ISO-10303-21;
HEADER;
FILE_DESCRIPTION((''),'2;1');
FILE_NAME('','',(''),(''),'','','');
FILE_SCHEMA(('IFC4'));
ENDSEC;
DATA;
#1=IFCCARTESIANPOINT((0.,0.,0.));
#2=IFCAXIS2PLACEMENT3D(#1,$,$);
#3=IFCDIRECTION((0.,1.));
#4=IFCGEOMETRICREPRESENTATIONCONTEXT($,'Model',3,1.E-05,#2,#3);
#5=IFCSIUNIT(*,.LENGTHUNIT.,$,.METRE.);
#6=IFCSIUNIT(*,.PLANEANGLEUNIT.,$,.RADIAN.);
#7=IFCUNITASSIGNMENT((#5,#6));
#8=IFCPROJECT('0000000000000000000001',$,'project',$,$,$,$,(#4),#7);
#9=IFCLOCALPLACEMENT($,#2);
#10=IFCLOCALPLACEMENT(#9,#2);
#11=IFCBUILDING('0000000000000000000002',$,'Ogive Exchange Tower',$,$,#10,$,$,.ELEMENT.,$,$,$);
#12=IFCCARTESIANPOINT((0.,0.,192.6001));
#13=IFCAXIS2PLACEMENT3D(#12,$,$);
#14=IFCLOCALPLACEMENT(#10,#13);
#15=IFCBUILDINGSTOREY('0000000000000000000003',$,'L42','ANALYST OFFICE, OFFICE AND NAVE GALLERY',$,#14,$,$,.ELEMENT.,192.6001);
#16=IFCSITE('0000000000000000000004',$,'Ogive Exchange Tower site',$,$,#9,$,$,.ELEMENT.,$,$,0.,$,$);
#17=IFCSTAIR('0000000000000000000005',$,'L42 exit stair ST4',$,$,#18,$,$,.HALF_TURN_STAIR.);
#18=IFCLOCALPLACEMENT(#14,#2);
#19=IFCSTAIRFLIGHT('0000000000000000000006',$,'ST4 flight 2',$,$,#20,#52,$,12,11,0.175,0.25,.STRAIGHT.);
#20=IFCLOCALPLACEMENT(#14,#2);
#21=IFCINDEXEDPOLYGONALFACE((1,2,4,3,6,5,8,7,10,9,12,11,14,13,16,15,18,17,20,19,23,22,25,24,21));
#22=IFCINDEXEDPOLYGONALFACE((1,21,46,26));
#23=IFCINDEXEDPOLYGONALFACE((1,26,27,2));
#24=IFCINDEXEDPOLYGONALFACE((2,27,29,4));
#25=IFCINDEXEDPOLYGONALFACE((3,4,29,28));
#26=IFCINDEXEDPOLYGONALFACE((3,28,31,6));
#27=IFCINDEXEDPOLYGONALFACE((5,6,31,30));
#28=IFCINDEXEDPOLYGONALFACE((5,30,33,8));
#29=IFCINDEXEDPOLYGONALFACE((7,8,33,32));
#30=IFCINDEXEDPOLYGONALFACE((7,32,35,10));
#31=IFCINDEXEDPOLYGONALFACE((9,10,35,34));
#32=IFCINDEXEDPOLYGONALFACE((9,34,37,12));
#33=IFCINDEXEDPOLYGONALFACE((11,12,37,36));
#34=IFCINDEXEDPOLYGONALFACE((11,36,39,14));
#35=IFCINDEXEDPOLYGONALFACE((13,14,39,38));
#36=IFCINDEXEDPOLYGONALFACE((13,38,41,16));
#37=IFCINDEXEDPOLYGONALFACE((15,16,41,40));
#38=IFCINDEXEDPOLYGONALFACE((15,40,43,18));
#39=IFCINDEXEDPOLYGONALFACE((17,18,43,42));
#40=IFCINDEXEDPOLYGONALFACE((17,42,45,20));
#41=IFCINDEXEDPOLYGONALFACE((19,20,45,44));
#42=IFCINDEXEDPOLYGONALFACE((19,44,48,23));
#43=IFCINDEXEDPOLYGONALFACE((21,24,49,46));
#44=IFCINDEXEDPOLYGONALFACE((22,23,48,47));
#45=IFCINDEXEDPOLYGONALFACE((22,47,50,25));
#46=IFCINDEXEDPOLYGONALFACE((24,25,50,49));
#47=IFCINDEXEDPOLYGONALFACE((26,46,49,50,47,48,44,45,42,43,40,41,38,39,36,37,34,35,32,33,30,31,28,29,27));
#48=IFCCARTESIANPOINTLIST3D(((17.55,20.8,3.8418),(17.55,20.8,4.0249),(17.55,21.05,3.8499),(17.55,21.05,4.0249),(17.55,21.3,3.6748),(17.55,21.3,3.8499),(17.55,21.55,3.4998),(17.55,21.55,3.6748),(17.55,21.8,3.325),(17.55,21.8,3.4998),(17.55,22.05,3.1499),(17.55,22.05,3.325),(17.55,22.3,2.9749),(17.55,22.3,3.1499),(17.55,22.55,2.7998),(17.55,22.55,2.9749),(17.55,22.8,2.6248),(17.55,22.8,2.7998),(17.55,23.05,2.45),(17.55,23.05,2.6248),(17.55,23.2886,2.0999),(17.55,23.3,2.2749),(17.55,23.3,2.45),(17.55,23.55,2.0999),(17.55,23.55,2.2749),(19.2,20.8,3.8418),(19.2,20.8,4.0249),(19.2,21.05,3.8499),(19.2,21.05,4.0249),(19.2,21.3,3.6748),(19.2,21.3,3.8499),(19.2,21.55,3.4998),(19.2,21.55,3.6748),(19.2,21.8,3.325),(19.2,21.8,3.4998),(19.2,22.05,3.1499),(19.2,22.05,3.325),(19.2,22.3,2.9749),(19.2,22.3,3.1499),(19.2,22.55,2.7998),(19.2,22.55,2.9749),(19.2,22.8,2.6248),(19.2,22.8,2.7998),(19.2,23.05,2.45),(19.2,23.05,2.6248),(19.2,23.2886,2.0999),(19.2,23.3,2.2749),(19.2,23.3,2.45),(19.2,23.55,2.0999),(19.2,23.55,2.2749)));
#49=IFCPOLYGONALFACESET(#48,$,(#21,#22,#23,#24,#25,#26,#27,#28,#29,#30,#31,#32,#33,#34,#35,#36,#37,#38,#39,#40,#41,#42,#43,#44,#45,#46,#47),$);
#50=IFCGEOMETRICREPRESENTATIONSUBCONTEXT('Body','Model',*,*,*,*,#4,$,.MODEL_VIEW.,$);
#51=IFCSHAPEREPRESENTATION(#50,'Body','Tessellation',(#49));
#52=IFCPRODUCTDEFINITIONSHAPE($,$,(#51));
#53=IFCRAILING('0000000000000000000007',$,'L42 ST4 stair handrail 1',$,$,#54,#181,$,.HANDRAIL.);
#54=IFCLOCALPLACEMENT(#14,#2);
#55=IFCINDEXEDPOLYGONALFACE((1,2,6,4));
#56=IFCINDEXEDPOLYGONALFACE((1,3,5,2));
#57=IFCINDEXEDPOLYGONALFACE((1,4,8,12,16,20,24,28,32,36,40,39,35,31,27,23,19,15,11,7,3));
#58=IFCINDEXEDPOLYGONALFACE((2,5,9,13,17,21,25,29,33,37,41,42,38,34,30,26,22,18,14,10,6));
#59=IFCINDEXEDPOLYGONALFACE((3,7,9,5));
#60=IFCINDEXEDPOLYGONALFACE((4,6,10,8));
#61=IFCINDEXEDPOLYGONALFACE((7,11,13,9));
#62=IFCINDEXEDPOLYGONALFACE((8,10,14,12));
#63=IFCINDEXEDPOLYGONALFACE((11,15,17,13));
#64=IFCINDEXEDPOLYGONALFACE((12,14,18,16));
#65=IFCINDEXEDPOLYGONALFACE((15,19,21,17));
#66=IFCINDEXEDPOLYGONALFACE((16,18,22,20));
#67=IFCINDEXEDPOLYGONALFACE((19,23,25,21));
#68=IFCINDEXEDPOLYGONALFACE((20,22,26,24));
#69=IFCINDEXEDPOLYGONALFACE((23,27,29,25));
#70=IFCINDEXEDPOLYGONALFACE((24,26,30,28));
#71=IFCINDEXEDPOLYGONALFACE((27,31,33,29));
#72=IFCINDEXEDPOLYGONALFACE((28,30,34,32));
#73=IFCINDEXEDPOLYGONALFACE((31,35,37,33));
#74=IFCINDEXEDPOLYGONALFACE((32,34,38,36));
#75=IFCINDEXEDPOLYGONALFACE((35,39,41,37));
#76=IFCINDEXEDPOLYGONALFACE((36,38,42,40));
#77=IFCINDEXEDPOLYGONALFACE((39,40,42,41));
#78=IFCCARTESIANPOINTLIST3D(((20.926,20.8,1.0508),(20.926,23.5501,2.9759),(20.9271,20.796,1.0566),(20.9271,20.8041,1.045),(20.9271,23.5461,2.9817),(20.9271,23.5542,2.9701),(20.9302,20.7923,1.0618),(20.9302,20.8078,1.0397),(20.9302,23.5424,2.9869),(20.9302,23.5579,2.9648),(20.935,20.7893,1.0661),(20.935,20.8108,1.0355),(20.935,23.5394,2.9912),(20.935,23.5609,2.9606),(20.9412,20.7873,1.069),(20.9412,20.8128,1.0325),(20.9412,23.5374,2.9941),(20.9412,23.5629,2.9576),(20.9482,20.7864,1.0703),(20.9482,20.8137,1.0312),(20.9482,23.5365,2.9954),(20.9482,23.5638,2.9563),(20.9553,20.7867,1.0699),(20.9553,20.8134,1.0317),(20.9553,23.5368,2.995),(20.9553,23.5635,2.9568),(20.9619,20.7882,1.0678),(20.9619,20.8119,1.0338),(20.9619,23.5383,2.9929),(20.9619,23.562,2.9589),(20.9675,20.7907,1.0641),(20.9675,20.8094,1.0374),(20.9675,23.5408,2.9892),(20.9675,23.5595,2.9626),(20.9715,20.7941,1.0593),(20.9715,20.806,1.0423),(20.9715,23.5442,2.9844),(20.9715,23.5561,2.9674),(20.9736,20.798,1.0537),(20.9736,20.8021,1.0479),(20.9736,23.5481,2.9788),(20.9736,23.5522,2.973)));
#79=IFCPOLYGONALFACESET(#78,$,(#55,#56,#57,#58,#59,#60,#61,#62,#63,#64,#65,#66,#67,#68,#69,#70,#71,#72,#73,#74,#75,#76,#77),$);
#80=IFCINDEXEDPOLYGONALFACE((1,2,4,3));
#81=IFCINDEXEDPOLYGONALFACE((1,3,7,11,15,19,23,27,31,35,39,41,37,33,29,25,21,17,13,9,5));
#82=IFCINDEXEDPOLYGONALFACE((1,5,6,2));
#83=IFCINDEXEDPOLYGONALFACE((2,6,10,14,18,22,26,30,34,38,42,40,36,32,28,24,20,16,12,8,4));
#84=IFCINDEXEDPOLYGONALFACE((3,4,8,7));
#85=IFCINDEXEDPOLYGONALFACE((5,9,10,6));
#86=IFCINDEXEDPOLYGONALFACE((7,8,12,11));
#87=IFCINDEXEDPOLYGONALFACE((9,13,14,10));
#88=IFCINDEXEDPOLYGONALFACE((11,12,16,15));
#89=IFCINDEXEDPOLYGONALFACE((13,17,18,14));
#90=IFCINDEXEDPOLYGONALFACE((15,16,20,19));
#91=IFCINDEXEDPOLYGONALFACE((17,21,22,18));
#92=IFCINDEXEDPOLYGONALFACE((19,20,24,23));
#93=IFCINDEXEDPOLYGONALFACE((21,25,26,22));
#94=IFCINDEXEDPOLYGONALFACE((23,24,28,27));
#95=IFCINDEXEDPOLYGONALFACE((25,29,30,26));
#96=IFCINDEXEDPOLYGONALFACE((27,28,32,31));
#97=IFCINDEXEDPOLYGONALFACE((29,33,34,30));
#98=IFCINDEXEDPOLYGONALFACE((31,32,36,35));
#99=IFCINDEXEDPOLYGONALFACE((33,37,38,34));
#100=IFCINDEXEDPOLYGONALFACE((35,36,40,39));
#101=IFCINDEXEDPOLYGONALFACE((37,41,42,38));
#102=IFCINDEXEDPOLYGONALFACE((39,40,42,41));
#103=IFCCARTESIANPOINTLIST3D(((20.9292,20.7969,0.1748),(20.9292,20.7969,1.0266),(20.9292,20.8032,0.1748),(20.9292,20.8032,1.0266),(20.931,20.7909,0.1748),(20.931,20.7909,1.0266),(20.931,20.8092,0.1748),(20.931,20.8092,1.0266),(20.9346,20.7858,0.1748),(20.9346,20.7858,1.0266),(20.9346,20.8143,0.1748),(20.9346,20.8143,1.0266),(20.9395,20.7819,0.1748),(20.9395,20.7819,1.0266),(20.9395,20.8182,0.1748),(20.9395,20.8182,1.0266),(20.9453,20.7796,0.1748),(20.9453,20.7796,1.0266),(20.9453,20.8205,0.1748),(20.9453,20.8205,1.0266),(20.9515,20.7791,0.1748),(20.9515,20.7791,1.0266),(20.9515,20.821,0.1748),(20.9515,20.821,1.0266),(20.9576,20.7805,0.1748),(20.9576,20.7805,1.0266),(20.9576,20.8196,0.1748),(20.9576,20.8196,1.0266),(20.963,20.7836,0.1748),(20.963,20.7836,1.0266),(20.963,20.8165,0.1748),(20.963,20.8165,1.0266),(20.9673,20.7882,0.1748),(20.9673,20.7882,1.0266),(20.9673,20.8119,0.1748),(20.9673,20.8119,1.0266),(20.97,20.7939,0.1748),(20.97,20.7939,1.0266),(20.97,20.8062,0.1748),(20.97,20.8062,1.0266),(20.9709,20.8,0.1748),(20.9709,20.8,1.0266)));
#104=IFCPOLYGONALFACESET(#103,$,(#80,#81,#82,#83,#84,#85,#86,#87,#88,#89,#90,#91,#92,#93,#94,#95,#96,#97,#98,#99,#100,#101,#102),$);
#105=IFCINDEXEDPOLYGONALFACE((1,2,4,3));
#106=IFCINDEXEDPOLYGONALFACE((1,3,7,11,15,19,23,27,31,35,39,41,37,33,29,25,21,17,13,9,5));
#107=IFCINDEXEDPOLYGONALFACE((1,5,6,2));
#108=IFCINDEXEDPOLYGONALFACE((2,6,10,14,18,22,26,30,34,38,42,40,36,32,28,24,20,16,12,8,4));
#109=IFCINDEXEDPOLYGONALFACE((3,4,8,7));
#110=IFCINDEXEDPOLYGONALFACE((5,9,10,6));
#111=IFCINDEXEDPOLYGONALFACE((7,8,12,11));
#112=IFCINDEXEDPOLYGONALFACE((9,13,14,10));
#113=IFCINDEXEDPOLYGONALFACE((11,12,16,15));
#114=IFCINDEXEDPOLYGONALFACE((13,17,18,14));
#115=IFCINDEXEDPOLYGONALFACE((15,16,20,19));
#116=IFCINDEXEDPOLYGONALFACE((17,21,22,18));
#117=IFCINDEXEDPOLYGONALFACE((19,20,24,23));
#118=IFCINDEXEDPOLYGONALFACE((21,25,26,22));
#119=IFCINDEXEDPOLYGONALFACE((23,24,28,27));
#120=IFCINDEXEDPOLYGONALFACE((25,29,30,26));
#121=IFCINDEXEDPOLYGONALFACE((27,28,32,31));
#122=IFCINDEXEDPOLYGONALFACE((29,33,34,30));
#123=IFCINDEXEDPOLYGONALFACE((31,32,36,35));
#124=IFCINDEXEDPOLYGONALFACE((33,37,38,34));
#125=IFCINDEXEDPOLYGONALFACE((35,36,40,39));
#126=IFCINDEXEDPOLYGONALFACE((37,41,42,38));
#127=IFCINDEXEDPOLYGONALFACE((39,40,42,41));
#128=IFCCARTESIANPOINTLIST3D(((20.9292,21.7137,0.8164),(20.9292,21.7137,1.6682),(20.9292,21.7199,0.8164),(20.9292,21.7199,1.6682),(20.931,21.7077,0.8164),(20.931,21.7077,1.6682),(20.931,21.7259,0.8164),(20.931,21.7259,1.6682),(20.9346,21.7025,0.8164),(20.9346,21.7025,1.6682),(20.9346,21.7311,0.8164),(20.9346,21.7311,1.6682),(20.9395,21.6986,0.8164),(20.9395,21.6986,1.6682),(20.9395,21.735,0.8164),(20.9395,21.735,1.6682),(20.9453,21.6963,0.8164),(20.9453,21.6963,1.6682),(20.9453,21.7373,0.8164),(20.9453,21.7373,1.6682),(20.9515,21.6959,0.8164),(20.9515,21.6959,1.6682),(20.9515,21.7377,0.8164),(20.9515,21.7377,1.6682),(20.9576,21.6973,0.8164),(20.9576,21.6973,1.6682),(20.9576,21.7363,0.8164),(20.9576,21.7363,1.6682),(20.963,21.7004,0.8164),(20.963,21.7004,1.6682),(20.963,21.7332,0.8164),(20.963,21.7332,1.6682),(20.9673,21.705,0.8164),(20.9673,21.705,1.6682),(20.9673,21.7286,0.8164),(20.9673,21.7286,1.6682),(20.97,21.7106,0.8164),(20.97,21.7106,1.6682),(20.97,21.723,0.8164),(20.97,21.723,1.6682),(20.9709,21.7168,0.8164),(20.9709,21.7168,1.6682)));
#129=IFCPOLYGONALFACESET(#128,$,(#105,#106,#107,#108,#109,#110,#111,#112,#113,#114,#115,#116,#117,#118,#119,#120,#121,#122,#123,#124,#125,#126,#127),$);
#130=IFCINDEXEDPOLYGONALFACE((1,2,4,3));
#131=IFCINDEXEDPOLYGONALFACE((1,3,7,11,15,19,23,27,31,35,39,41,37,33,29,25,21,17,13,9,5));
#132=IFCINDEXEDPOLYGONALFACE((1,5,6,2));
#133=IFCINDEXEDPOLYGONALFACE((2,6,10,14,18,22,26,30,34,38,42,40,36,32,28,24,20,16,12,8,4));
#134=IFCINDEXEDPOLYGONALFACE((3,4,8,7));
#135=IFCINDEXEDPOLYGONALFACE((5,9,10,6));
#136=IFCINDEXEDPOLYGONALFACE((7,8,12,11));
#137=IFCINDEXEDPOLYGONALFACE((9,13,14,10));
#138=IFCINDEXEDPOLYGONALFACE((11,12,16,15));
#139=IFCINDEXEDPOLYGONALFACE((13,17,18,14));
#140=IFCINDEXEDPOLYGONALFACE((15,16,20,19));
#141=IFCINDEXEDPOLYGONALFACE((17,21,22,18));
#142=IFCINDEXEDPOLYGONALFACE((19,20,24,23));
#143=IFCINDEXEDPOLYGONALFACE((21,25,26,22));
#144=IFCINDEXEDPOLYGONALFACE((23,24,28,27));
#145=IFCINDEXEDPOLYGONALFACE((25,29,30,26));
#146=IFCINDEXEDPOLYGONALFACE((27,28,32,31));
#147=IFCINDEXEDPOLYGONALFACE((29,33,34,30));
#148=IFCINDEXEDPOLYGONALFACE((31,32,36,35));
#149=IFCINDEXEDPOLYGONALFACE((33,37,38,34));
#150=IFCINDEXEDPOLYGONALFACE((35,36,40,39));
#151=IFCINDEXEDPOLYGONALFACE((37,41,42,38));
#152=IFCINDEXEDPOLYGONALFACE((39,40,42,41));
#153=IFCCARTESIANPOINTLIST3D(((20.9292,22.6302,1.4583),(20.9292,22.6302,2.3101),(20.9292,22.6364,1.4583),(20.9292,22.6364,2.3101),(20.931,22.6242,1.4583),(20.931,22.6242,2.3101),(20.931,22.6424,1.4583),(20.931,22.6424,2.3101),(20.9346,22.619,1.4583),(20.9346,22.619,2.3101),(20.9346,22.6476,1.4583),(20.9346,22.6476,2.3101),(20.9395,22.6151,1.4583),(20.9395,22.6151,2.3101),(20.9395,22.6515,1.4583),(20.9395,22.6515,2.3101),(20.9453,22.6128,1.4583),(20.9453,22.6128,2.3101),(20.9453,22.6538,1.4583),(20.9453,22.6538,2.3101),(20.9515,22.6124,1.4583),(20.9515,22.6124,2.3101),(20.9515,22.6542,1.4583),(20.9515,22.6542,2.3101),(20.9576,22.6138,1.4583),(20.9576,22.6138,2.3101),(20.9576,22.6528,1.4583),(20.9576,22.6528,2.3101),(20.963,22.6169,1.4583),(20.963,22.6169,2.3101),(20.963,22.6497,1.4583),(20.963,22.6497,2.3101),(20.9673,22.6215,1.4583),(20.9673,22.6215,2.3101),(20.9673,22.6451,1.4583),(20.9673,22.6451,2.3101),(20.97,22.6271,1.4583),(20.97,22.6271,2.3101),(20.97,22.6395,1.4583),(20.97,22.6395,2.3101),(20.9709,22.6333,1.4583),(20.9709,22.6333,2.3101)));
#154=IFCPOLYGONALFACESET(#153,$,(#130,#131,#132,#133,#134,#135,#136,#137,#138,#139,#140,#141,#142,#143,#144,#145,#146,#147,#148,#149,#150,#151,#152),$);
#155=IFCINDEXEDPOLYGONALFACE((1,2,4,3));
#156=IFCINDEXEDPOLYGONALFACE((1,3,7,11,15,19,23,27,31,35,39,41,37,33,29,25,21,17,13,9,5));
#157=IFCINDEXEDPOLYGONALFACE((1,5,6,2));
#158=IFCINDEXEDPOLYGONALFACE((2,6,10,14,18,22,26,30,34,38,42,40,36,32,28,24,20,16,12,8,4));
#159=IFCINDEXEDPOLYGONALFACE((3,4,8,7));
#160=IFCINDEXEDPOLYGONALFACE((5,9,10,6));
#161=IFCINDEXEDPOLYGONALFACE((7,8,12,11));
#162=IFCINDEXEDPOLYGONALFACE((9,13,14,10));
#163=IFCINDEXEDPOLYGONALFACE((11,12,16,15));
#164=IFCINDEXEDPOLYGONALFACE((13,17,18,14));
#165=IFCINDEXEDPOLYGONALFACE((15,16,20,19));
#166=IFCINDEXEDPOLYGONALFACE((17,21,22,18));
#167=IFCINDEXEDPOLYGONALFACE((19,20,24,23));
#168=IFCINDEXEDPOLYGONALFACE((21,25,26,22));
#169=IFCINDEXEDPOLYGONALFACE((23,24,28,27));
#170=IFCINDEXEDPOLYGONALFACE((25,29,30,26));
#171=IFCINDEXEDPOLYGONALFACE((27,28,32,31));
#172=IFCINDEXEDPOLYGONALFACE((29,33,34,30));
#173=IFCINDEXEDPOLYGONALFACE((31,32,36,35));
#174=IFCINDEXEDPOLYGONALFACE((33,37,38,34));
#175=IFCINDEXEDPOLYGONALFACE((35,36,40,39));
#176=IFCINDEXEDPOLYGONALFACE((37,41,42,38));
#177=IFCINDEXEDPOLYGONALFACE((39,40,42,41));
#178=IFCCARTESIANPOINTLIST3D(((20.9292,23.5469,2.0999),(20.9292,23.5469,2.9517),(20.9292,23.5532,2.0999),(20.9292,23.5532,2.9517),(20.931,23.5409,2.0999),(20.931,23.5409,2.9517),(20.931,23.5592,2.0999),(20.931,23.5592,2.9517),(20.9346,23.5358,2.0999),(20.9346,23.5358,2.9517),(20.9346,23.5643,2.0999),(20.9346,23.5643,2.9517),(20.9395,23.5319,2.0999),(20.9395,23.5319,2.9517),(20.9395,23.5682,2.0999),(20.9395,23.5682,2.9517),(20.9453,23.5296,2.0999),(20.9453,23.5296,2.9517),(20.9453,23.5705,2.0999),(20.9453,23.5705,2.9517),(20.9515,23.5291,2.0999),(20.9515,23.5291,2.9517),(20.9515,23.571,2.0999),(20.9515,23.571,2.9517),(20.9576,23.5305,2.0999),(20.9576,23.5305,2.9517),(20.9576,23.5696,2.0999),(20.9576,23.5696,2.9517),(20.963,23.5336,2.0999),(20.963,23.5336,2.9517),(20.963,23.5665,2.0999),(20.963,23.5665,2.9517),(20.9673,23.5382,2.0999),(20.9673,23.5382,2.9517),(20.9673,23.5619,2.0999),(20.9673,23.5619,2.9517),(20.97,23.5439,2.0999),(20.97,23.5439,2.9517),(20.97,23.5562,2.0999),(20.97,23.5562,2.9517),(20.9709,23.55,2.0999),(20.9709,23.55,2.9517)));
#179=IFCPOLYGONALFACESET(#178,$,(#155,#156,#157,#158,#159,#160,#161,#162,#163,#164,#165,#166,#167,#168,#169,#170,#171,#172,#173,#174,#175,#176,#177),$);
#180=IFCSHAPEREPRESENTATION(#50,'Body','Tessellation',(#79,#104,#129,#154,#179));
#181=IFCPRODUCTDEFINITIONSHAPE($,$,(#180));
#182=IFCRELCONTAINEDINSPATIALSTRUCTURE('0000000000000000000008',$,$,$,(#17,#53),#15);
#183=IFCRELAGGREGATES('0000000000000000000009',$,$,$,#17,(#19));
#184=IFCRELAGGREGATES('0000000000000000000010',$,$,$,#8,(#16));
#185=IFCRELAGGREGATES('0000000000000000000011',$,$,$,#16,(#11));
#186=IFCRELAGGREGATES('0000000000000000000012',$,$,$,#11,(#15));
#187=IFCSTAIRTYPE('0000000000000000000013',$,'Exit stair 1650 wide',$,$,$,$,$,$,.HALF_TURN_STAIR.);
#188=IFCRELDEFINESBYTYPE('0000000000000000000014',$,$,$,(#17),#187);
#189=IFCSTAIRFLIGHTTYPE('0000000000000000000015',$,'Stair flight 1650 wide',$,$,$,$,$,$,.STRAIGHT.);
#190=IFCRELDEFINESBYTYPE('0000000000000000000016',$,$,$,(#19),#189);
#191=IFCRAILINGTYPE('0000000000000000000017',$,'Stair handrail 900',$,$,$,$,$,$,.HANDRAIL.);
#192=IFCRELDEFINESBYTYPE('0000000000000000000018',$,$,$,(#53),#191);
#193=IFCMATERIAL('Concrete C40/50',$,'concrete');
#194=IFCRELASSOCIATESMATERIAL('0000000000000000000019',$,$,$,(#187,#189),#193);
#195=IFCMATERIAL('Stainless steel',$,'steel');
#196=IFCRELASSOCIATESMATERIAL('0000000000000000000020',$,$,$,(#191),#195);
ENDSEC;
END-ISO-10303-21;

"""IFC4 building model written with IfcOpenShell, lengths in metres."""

from ifc_helpers import new_model, si_unit, direction, frame, origin, origin_2d, place, context, subcontext, project, spatial, polyline, circle, outline, extrude, material, type_object, element, aggregate, save


model = new_model("IFC4")

# Units and contexts
model_context = context("Model", 3, precision=1e-05, world=origin(), true_north=direction((0.0, 1.0)))
body_context = subcontext(model_context, "Body", "Model", "MODEL_VIEW")
ifc_project = project(units=[si_unit("LENGTHUNIT", "METRE"), si_unit("PLANEANGLEUNIT", "RADIAN")], contexts=[model_context])

# Site, building, storey
site_placement = place(None, origin())
site = spatial("IfcSite", under=ifc_project, at=site_placement, Name="Ogive Exchange Tower site", CompositionType="ELEMENT", RefElevation=0.0)
building_placement = place(site_placement, origin())
building = spatial("IfcBuilding", under=site, at=building_placement, Name="Ogive Exchange Tower", CompositionType="ELEMENT")
storey_placement = place(building_placement, frame((0.0, 0.0, 192.6001)))
storey = spatial("IfcBuildingStorey", under=building, at=storey_placement, Name="L42", Description="ANALYST OFFICE, OFFICE AND NAVE GALLERY", CompositionType="ELEMENT", Elevation=192.6001)

# Stair, stair flight
ifc_material_1 = material(Name="Concrete C40/50", Category="concrete")
stair_type = type_object("IfcStairType", Name="Exit stair 1650 wide", PredefinedType="HALF_TURN_STAIR", material=ifc_material_1)
stair_placement = place(storey_placement, origin())
stair = element("IfcStair", 1, at=stair_placement, inside=storey, type_object=stair_type, Name="L42 exit stair ST4", PredefinedType="HALF_TURN_STAIR")
stair_flight_type = type_object("IfcStairFlightType", Name="Stair flight 1650 wide", PredefinedType="STRAIGHT", material=ifc_material_1)
stair_flight_1_placement = place(storey_placement, frame((18.375, 23.55, 2.0999), z_axis=(0.0, 0.0, 1.0), x_axis=(0.0, -1.0, 0.0)))
stair_flight_1 = element("IfcStairFlight", 2, at=stair_flight_1_placement, type_object=stair_flight_type, Name="ST4 flight 2", NumberOfRisers=12, NumberOfTreads=11, PredefinedType="STRAIGHT", RiserHeight=0.175, TreadLength=0.25, context=body_context, shape_type="SweptSolid", body=[
    extrude(outline(polyline([(0.0, 0.0), (0.0, 0.175), (0.25, 0.175), (0.25, 0.3501), (0.5, 0.3501), (0.5, 0.5249), (0.75, 0.5249), (0.75, 0.7), (1.0, 0.7), (1.0, 0.875), (1.25, 0.875), (1.25, 1.05), (1.5, 1.05), (1.5, 1.2251), (1.75, 1.2251), (1.75, 1.3999), (2.0, 1.3999), (2.0, 1.575), (2.25, 1.575), (2.25, 1.75), (2.5, 1.75), (2.5, 1.925), (2.75, 1.925), (2.75, 2.1001), (2.75, 1.7419), (0.2615, 0.0), (0.0, 0.0)])), frame((0.0, 0.825, 0.0), z_axis=(0.0, -1.0, 0.0), x_axis=(1.0, 0.0, 0.0)), (0.0, 0.0, 1.0), 1.6499),
])
aggregate(stair, [stair_flight_1])

# Railing
ifc_material_2 = material(Name="Stainless steel", Category="steel")
railing_type = type_object("IfcRailingType", Name="Stair handrail 900", PredefinedType="HANDRAIL", material=ifc_material_2)
railing_placement = place(storey_placement, frame((20.95, 20.8, 0.1748)))
element("IfcRailing", 3, at=railing_placement, inside=storey, type_object=railing_type, Name="L42 ST4 stair handrail 1", PredefinedType="HANDRAIL", context=body_context, shape_type="SweptSolid", body=[
    extrude(circle(Radius=0.0239, at=origin_2d()), frame((0.0, 0.0, 0.876), z_axis=(0.0, 0.819225, 0.573472), x_axis=(-1.0, 0.0, 0.0)), (0.0, 0.0, 1.0), 3.3569),
    extrude(circle(Radius=0.021, at=origin_2d()), origin(), (0.0, 0.0, 1.0), 0.8518),
    extrude(circle(Radius=0.021, at=origin_2d()), frame((0.0, 0.9167, 0.6416)), (0.0, 0.0, 1.0), 0.8518),
    extrude(circle(Radius=0.021, at=origin_2d()), frame((0.0, 1.8333, 1.2834)), (0.0, 0.0, 1.0), 0.8518),
    extrude(circle(Radius=0.021, at=origin_2d()), frame((0.0, 2.75, 1.925)), (0.0, 0.0, 1.0), 0.8518),
])

save(model, "model.ifc")
